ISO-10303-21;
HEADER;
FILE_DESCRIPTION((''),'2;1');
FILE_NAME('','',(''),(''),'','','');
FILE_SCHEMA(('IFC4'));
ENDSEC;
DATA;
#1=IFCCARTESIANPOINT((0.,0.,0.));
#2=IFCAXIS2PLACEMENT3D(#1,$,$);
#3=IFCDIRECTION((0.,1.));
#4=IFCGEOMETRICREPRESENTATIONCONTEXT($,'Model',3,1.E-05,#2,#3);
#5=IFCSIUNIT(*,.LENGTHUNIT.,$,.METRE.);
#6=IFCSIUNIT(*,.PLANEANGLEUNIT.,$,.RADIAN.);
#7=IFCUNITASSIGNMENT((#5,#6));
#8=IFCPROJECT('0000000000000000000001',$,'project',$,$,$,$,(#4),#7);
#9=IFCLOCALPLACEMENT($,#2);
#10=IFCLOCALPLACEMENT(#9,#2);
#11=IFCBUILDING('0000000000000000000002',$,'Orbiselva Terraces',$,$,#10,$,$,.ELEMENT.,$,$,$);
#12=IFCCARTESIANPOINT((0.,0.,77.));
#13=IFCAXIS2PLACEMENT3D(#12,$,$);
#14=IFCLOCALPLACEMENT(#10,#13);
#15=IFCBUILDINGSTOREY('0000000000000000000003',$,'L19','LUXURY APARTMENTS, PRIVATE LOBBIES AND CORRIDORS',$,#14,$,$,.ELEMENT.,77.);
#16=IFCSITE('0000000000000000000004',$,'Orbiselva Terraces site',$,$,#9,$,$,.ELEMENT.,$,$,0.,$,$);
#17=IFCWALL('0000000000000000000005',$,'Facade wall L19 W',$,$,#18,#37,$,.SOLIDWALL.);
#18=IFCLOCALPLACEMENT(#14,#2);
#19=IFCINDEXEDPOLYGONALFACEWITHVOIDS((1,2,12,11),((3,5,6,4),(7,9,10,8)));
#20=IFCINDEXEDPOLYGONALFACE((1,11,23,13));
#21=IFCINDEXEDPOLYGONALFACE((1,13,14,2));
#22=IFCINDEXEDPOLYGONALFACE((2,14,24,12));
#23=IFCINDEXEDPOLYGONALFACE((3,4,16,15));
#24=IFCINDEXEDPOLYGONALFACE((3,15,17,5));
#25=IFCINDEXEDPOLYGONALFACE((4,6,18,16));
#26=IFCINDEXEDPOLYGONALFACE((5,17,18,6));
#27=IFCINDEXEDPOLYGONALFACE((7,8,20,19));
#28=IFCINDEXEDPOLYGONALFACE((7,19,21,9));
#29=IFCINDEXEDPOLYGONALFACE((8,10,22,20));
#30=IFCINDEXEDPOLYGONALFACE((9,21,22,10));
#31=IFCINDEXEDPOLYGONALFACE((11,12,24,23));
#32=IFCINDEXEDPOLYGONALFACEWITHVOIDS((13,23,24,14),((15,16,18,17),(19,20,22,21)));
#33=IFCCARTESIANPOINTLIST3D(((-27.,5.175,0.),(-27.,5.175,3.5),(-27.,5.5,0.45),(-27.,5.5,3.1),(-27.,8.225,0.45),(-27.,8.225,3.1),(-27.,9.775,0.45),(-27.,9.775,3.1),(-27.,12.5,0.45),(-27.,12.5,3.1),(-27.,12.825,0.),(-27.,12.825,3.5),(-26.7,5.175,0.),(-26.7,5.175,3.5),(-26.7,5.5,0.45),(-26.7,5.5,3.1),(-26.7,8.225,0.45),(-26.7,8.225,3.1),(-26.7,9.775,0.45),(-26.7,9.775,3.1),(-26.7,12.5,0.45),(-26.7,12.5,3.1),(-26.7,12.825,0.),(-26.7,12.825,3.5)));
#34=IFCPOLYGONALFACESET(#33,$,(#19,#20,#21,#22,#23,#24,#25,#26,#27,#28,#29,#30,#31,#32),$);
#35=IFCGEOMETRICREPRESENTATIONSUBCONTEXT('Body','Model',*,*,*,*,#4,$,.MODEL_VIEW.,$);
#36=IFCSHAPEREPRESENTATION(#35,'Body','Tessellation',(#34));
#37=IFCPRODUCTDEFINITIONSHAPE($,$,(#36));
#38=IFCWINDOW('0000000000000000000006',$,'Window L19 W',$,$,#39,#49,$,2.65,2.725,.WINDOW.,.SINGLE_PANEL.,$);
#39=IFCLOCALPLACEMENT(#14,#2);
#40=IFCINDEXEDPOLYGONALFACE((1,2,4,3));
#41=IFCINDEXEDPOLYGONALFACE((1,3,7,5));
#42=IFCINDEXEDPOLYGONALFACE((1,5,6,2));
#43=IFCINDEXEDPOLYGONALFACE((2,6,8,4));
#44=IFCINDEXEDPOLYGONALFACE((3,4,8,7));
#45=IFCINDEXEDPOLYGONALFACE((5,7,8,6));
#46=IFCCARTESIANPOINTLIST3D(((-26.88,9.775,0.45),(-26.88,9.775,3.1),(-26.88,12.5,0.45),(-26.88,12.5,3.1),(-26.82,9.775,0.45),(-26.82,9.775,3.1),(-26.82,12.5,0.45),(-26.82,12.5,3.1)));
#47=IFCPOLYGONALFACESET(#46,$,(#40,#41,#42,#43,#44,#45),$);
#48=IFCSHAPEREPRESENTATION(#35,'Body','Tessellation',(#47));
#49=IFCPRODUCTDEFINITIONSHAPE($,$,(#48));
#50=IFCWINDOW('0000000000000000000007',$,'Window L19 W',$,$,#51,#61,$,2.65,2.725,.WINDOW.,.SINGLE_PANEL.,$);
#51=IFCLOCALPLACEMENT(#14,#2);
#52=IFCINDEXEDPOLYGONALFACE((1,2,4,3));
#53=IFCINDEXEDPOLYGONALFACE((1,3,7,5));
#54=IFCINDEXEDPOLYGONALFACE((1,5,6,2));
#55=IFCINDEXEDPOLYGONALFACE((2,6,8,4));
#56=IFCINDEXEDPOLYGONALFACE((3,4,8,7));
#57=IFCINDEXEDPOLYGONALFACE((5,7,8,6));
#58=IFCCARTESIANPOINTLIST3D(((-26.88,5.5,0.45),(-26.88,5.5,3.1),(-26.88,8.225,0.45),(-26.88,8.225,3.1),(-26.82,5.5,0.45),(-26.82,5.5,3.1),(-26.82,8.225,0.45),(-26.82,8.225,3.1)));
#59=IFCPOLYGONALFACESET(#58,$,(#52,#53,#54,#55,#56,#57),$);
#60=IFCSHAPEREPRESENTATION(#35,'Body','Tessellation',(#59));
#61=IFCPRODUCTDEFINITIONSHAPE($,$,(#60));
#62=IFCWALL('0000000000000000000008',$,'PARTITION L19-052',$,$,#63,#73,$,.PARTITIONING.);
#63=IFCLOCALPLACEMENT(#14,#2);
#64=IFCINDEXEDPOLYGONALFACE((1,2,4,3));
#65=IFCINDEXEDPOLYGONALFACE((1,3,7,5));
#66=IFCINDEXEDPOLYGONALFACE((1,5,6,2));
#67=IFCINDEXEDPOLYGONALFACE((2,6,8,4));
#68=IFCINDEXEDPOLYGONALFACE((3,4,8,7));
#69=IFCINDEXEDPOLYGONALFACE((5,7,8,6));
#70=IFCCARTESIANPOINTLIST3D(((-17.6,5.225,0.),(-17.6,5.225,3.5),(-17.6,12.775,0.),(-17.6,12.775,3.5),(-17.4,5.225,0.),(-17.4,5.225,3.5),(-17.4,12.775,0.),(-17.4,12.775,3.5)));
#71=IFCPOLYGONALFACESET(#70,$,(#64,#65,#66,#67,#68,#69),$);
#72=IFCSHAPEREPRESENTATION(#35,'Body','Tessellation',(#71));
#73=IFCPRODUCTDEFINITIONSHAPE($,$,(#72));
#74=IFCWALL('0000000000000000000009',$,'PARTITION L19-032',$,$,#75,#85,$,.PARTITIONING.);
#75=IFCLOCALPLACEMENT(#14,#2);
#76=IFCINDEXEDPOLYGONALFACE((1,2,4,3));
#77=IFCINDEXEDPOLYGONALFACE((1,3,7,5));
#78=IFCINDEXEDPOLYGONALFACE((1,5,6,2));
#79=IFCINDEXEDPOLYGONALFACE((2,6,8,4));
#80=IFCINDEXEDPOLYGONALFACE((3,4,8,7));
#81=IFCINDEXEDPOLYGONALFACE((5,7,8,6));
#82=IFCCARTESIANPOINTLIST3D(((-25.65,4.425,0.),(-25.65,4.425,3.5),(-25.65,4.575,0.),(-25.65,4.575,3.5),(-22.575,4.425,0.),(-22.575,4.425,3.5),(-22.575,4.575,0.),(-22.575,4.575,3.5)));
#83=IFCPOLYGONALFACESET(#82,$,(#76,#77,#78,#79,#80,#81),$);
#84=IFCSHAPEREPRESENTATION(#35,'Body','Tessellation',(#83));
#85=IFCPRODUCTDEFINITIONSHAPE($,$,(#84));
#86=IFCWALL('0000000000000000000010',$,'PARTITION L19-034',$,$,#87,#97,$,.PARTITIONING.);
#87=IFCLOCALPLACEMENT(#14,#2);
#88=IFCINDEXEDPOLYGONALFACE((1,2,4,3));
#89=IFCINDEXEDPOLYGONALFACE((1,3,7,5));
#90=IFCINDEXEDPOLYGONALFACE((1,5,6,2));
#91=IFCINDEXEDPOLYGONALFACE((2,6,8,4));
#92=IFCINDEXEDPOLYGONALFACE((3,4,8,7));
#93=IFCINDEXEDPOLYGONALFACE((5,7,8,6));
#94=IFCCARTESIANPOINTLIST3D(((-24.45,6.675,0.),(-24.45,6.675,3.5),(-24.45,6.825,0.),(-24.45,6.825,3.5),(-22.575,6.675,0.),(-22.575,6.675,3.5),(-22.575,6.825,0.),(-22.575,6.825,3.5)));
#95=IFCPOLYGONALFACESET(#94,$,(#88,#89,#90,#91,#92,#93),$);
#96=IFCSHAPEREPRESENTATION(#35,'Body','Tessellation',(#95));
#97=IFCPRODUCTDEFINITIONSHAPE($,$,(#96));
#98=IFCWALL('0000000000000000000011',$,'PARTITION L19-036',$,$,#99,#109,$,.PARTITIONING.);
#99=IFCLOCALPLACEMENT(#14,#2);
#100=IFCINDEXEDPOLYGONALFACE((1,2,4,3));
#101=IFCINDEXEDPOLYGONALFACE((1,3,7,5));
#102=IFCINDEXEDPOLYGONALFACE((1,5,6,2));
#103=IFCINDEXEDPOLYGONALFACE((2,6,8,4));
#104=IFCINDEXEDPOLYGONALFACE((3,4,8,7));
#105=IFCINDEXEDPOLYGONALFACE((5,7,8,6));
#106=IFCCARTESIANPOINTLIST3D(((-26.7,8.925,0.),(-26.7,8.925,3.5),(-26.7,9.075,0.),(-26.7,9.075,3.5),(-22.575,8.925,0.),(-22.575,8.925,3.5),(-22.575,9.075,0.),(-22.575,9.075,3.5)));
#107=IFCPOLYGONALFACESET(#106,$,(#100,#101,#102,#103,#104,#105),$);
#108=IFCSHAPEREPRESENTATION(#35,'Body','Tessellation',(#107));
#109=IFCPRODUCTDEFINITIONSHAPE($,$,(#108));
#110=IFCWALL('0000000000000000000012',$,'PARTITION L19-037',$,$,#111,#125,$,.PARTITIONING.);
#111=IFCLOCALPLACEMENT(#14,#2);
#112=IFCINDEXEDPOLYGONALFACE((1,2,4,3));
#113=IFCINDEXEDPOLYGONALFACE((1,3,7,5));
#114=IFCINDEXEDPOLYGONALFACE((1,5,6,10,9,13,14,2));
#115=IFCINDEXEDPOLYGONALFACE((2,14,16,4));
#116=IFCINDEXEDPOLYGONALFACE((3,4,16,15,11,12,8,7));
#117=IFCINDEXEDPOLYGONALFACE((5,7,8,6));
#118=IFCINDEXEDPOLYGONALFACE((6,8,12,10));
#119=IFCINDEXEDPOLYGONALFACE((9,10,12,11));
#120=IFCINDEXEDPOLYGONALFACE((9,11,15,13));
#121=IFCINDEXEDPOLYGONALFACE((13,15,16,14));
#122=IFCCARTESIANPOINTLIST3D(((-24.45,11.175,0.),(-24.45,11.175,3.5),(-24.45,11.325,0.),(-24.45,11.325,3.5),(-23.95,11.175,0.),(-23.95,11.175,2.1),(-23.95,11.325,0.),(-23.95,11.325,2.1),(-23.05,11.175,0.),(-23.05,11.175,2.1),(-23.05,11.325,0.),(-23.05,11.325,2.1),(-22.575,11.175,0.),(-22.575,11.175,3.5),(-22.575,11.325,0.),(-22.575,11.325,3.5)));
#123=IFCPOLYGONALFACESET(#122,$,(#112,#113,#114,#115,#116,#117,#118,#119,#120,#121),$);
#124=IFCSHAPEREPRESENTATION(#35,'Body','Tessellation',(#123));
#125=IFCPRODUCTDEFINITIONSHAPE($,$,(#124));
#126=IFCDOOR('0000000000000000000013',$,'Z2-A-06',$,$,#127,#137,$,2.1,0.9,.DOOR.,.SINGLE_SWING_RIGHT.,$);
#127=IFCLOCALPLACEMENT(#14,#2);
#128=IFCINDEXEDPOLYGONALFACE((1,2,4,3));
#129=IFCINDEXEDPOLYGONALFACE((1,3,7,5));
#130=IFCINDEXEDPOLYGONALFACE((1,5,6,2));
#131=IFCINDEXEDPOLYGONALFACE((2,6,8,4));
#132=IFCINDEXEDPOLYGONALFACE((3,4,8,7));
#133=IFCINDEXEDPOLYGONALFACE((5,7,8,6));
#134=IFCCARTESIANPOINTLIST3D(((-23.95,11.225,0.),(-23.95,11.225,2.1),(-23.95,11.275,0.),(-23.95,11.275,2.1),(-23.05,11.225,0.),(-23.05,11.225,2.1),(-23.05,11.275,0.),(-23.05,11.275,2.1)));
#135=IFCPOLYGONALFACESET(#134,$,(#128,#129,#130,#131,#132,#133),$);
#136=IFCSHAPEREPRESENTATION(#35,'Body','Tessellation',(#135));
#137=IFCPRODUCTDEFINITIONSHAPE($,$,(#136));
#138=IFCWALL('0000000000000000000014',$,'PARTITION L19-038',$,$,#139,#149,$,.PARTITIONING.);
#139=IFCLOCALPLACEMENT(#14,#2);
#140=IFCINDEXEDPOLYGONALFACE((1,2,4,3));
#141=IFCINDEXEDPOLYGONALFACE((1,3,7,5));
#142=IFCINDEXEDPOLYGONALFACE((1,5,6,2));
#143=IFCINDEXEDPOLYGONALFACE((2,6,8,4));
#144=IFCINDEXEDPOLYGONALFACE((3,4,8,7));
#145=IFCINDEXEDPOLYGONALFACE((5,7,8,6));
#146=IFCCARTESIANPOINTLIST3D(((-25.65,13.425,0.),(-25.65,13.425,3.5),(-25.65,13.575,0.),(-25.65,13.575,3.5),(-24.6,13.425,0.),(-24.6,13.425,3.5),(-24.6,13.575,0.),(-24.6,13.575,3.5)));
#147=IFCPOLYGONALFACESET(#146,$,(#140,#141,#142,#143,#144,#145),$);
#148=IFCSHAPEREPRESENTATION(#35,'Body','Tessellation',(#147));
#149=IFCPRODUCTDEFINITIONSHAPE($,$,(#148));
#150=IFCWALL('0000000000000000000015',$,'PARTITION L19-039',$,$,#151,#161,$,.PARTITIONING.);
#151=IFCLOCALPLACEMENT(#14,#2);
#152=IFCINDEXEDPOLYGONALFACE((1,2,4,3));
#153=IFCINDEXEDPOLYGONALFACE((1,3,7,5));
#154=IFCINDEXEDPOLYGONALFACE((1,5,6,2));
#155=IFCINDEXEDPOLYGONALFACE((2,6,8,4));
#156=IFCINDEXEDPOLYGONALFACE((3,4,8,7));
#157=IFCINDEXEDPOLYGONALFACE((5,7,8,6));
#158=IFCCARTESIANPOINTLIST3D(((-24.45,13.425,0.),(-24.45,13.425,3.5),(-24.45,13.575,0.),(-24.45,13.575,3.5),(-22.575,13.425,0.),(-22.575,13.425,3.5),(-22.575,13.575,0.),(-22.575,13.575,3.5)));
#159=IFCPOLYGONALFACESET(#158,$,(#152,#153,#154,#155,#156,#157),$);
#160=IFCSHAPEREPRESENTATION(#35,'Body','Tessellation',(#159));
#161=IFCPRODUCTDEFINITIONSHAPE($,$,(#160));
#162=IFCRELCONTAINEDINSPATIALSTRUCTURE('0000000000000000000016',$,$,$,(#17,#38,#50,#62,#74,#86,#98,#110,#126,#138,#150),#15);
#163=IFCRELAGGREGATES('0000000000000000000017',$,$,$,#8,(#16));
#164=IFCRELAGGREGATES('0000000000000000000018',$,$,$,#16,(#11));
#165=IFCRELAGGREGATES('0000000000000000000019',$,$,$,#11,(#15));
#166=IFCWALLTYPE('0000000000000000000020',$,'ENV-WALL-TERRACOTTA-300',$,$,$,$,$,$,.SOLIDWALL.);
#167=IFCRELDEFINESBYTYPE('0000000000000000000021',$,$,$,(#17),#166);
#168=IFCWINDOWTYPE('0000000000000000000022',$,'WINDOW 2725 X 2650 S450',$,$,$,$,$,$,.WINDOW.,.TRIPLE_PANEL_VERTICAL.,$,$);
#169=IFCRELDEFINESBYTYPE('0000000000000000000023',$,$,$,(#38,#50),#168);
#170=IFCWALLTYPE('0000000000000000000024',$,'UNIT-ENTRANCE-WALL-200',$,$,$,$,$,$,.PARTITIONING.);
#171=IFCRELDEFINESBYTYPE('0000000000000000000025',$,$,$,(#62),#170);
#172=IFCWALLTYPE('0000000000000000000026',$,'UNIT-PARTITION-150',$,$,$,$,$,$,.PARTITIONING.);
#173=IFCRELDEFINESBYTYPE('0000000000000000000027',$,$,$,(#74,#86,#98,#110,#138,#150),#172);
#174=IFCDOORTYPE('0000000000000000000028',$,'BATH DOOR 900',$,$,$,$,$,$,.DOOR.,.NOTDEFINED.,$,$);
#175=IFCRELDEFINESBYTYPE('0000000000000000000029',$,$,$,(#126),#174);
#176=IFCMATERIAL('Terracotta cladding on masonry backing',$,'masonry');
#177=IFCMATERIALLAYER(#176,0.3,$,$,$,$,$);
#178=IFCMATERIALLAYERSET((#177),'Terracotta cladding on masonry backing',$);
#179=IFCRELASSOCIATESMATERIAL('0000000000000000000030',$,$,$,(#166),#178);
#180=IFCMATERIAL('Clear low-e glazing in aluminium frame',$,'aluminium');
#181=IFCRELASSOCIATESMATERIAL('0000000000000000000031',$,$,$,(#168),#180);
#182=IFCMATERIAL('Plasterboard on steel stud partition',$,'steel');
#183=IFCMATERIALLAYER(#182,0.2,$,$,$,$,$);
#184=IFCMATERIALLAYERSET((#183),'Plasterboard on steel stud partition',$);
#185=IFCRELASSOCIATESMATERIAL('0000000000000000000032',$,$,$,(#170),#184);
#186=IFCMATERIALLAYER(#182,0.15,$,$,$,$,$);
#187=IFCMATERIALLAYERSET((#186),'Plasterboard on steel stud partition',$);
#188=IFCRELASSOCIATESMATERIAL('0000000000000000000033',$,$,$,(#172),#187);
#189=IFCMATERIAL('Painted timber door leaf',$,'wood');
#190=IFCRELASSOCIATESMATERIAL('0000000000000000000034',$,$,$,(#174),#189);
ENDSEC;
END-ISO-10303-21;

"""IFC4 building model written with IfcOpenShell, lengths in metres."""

from ifc_helpers import new_model, si_unit, direction, frame, frame_2d, origin, place, context, subcontext, project, spatial, rectangle, extrude, material, layer, layer_set, type_object, element, fill, save


model = new_model("IFC4")

# Units and contexts
model_context = context("Model", 3, precision=1e-05, world=origin(), true_north=direction((0.0, 1.0)))
body_context = subcontext(model_context, "Body", "Model", "MODEL_VIEW")
ifc_project = project(units=[si_unit("LENGTHUNIT", "METRE"), si_unit("PLANEANGLEUNIT", "RADIAN")], contexts=[model_context])

# Site, building, storey
site_placement = place(None, origin())
site = spatial("IfcSite", under=ifc_project, at=site_placement, Name="Orbiselva Terraces site", CompositionType="ELEMENT", RefElevation=0.0)
building_placement = place(site_placement, origin())
building = spatial("IfcBuilding", under=site, at=building_placement, Name="Orbiselva Terraces", CompositionType="ELEMENT")
storey_placement = place(building_placement, frame((0.0, 0.0, 77.0)))
storey = spatial("IfcBuildingStorey", under=building, at=storey_placement, Name="L19", Description="LUXURY APARTMENTS, PRIVATE LOBBIES AND CORRIDORS", CompositionType="ELEMENT", Elevation=77.0)

# Wall, openings, windows
ifc_material_1 = material(Name="Terracotta cladding on masonry backing", Category="masonry")
ifc_layer_1 = layer(ifc_material_1, 0.3)
ifc_layer_set_1 = layer_set([ifc_layer_1], Name="Terracotta cladding on masonry backing")
wall_type_1 = type_object("IfcWallType", Name="ENV-WALL-TERRACOTTA-300", PredefinedType="SOLIDWALL", material=ifc_layer_set_1)
wall_1_placement = place(storey_placement, frame((-26.85, 5.175, 0.0), z_axis=(0.0, 0.0, 1.0), x_axis=(0.0, 1.0, 0.0)))
wall_1 = element("IfcWall", 1, at=wall_1_placement, inside=storey, type_object=wall_type_1, Name="Facade wall L19 W", PredefinedType="SOLIDWALL", context=body_context, shape_type="SweptSolid", body=[
    extrude(rectangle(XDim=7.65, YDim=0.3, at=frame_2d((3.825, 0.0))), origin(), (0.0, 0.0, 1.0), 3.5),
])
opening_1_placement = place(wall_1_placement, frame((4.6, 0.0, 0.45)))
opening_1 = element("IfcOpeningElement", 2, at=opening_1_placement, cuts=wall_1, PredefinedType="OPENING", context=body_context, shape_type="SweptSolid", body=[
    extrude(rectangle(XDim=2.725, YDim=2.65, at=frame_2d((1.3625, 1.325))), frame((0.0, 0.16, 0.0), z_axis=(0.0, -1.0, 0.0), x_axis=(1.0, 0.0, 0.0)), (0.0, 0.0, 1.0), 0.32),
])
opening_2_placement = place(wall_1_placement, frame((0.325, 0.0, 0.45)))
opening_2 = element("IfcOpeningElement", 3, at=opening_2_placement, cuts=wall_1, PredefinedType="OPENING", context=body_context, shape_type="SweptSolid", body=[
    extrude(rectangle(XDim=2.725, YDim=2.65, at=frame_2d((1.3625, 1.325))), frame((0.0, 0.16, 0.0), z_axis=(0.0, -1.0, 0.0), x_axis=(1.0, 0.0, 0.0)), (0.0, 0.0, 1.0), 0.32),
])
ifc_material_2 = material(Name="Clear low-e glazing in aluminium frame", Category="aluminium")
window_type = type_object("IfcWindowType", Name="WINDOW 2725 X 2650 S450", PartitioningType="TRIPLE_PANEL_VERTICAL", PredefinedType="WINDOW", material=ifc_material_2)
window_1_placement = place(opening_1_placement, origin())
window_1 = element("IfcWindow", 4, at=window_1_placement, inside=storey, type_object=window_type, Name="Window L19 W", OverallHeight=2.65, OverallWidth=2.725, PartitioningType="SINGLE_PANEL", PredefinedType="WINDOW", context=body_context, shape_type="SweptSolid", body=[
    extrude(rectangle(XDim=2.725, YDim=2.65, at=frame_2d((1.3625, 1.325))), frame((0.0, 0.03, 0.0), z_axis=(0.0, -1.0, 0.0), x_axis=(1.0, 0.0, 0.0)), (0.0, 0.0, 1.0), 0.06),
])
fill(opening_1, window_1)
window_2_placement = place(opening_2_placement, origin())
window_2 = element("IfcWindow", 5, at=window_2_placement, inside=storey, type_object=window_type, Name="Window L19 W", OverallHeight=2.65, OverallWidth=2.725, PartitioningType="SINGLE_PANEL", PredefinedType="WINDOW", context=body_context, shape_type="SweptSolid", body=[
    extrude(rectangle(XDim=2.725, YDim=2.65, at=frame_2d((1.3625, 1.325))), frame((0.0, 0.03, 0.0), z_axis=(0.0, -1.0, 0.0), x_axis=(1.0, 0.0, 0.0)), (0.0, 0.0, 1.0), 0.06),
])
fill(opening_2, window_2)

# Walls
ifc_material_3 = material(Name="Plasterboard on steel stud partition", Category="steel")
ifc_layer_2 = layer(ifc_material_3, 0.2)
ifc_layer_set_2 = layer_set([ifc_layer_2], Name="Plasterboard on steel stud partition")
wall_type_2 = type_object("IfcWallType", Name="UNIT-ENTRANCE-WALL-200", PredefinedType="PARTITIONING", material=ifc_layer_set_2)
wall_2_placement = place(storey_placement, frame((-17.5, 5.225, 0.0), z_axis=(0.0, 0.0, 1.0), x_axis=(0.0, 1.0, 0.0)))
element("IfcWall", 6, at=wall_2_placement, inside=storey, type_object=wall_type_2, Name="PARTITION L19-052", PredefinedType="PARTITIONING", context=body_context, shape_type="SweptSolid", body=[
    extrude(rectangle(XDim=7.55, YDim=0.2, at=frame_2d((3.775, 0.0))), origin(), (0.0, 0.0, 1.0), 3.5),
])
ifc_layer_3 = layer(ifc_material_3, 0.15)
ifc_layer_set_3 = layer_set([ifc_layer_3], Name="Plasterboard on steel stud partition")
wall_type_3 = type_object("IfcWallType", Name="UNIT-PARTITION-150", PredefinedType="PARTITIONING", material=ifc_layer_set_3)
wall_3_placement = place(storey_placement, frame((-25.65, 4.5, 0.0), z_axis=(0.0, 0.0, 1.0), x_axis=(1.0, 0.0, 0.0)))
element("IfcWall", 7, at=wall_3_placement, inside=storey, type_object=wall_type_3, Name="PARTITION L19-032", PredefinedType="PARTITIONING", context=body_context, shape_type="SweptSolid", body=[
    extrude(rectangle(XDim=3.075, YDim=0.15, at=frame_2d((1.5375, 0.0))), origin(), (0.0, 0.0, 1.0), 3.5),
])
wall_4_placement = place(storey_placement, frame((-24.45, 6.75, 0.0), z_axis=(0.0, 0.0, 1.0), x_axis=(1.0, 0.0, 0.0)))
element("IfcWall", 8, at=wall_4_placement, inside=storey, type_object=wall_type_3, Name="PARTITION L19-034", PredefinedType="PARTITIONING", context=body_context, shape_type="SweptSolid", body=[
    extrude(rectangle(XDim=1.875, YDim=0.15, at=frame_2d((0.9375, 0.0))), origin(), (0.0, 0.0, 1.0), 3.5),
])
wall_5_placement = place(storey_placement, frame((-26.7, 9.0, 0.0), z_axis=(0.0, 0.0, 1.0), x_axis=(1.0, 0.0, 0.0)))
element("IfcWall", 9, at=wall_5_placement, inside=storey, type_object=wall_type_3, Name="PARTITION L19-036", PredefinedType="PARTITIONING", context=body_context, shape_type="SweptSolid", body=[
    extrude(rectangle(XDim=4.125, YDim=0.15, at=frame_2d((2.0625, 0.0))), origin(), (0.0, 0.0, 1.0), 3.5),
])

# Wall, opening, door
wall_6_placement = place(storey_placement, frame((-24.45, 11.25, 0.0), z_axis=(0.0, 0.0, 1.0), x_axis=(1.0, 0.0, 0.0)))
wall_6 = element("IfcWall", 10, at=wall_6_placement, inside=storey, type_object=wall_type_3, Name="PARTITION L19-037", PredefinedType="PARTITIONING", context=body_context, shape_type="SweptSolid", body=[
    extrude(rectangle(XDim=1.875, YDim=0.15, at=frame_2d((0.9375, 0.0))), origin(), (0.0, 0.0, 1.0), 3.5),
])
opening_3_placement = place(wall_6_placement, frame((0.5, 0.0, 0.0)))
opening_3 = element("IfcOpeningElement", 11, at=opening_3_placement, cuts=wall_6, PredefinedType="OPENING", context=body_context, shape_type="SweptSolid", body=[
    extrude(rectangle(XDim=0.9, YDim=2.1, at=frame_2d((0.45, 1.05))), frame((0.0, 0.085, 0.0), z_axis=(0.0, -1.0, 0.0), x_axis=(1.0, 0.0, 0.0)), (0.0, 0.0, 1.0), 0.17),
])
ifc_material_4 = material(Name="Painted timber door leaf", Category="wood")
door_type_1 = type_object("IfcDoorType", Name="BATH DOOR 900", OperationType="NOTDEFINED", PredefinedType="DOOR", material=ifc_material_4)
door_1_placement = place(opening_3_placement, origin())
door_1 = element("IfcDoor", 12, at=door_1_placement, inside=storey, type_object=door_type_1, Name="Z2-A-06", OperationType="SINGLE_SWING_RIGHT", OverallHeight=2.1, OverallWidth=0.9, PredefinedType="DOOR", context=body_context, shape_type="SweptSolid", body=[
    extrude(rectangle(XDim=0.9, YDim=2.1, at=frame_2d((0.45, 1.05))), frame((0.0, 0.025, 0.0), z_axis=(0.0, -1.0, 0.0), x_axis=(1.0, 0.0, 0.0)), (0.0, 0.0, 1.0), 0.05),
])
fill(opening_3, door_1)

# Walls
wall_7_placement = place(storey_placement, frame((-25.65, 13.5, 0.0), z_axis=(0.0, 0.0, 1.0), x_axis=(1.0, 0.0, 0.0)))
element("IfcWall", 13, at=wall_7_placement, inside=storey, type_object=wall_type_3, Name="PARTITION L19-038", PredefinedType="PARTITIONING", context=body_context, shape_type="SweptSolid", body=[
    extrude(rectangle(XDim=1.05, YDim=0.15, at=frame_2d((0.525, 0.0))), origin(), (0.0, 0.0, 1.0), 3.5),
])
wall_8_placement = place(storey_placement, frame((-24.45, 13.5, 0.0), z_axis=(0.0, 0.0, 1.0), x_axis=(1.0, 0.0, 0.0)))
element("IfcWall", 14, at=wall_8_placement, inside=storey, type_object=wall_type_3, Name="PARTITION L19-039", PredefinedType="PARTITIONING", context=body_context, shape_type="SweptSolid", body=[
    extrude(rectangle(XDim=1.875, YDim=0.15, at=frame_2d((0.9375, 0.0))), origin(), (0.0, 0.0, 1.0), 3.5),
])

save(model, "model.ifc")
